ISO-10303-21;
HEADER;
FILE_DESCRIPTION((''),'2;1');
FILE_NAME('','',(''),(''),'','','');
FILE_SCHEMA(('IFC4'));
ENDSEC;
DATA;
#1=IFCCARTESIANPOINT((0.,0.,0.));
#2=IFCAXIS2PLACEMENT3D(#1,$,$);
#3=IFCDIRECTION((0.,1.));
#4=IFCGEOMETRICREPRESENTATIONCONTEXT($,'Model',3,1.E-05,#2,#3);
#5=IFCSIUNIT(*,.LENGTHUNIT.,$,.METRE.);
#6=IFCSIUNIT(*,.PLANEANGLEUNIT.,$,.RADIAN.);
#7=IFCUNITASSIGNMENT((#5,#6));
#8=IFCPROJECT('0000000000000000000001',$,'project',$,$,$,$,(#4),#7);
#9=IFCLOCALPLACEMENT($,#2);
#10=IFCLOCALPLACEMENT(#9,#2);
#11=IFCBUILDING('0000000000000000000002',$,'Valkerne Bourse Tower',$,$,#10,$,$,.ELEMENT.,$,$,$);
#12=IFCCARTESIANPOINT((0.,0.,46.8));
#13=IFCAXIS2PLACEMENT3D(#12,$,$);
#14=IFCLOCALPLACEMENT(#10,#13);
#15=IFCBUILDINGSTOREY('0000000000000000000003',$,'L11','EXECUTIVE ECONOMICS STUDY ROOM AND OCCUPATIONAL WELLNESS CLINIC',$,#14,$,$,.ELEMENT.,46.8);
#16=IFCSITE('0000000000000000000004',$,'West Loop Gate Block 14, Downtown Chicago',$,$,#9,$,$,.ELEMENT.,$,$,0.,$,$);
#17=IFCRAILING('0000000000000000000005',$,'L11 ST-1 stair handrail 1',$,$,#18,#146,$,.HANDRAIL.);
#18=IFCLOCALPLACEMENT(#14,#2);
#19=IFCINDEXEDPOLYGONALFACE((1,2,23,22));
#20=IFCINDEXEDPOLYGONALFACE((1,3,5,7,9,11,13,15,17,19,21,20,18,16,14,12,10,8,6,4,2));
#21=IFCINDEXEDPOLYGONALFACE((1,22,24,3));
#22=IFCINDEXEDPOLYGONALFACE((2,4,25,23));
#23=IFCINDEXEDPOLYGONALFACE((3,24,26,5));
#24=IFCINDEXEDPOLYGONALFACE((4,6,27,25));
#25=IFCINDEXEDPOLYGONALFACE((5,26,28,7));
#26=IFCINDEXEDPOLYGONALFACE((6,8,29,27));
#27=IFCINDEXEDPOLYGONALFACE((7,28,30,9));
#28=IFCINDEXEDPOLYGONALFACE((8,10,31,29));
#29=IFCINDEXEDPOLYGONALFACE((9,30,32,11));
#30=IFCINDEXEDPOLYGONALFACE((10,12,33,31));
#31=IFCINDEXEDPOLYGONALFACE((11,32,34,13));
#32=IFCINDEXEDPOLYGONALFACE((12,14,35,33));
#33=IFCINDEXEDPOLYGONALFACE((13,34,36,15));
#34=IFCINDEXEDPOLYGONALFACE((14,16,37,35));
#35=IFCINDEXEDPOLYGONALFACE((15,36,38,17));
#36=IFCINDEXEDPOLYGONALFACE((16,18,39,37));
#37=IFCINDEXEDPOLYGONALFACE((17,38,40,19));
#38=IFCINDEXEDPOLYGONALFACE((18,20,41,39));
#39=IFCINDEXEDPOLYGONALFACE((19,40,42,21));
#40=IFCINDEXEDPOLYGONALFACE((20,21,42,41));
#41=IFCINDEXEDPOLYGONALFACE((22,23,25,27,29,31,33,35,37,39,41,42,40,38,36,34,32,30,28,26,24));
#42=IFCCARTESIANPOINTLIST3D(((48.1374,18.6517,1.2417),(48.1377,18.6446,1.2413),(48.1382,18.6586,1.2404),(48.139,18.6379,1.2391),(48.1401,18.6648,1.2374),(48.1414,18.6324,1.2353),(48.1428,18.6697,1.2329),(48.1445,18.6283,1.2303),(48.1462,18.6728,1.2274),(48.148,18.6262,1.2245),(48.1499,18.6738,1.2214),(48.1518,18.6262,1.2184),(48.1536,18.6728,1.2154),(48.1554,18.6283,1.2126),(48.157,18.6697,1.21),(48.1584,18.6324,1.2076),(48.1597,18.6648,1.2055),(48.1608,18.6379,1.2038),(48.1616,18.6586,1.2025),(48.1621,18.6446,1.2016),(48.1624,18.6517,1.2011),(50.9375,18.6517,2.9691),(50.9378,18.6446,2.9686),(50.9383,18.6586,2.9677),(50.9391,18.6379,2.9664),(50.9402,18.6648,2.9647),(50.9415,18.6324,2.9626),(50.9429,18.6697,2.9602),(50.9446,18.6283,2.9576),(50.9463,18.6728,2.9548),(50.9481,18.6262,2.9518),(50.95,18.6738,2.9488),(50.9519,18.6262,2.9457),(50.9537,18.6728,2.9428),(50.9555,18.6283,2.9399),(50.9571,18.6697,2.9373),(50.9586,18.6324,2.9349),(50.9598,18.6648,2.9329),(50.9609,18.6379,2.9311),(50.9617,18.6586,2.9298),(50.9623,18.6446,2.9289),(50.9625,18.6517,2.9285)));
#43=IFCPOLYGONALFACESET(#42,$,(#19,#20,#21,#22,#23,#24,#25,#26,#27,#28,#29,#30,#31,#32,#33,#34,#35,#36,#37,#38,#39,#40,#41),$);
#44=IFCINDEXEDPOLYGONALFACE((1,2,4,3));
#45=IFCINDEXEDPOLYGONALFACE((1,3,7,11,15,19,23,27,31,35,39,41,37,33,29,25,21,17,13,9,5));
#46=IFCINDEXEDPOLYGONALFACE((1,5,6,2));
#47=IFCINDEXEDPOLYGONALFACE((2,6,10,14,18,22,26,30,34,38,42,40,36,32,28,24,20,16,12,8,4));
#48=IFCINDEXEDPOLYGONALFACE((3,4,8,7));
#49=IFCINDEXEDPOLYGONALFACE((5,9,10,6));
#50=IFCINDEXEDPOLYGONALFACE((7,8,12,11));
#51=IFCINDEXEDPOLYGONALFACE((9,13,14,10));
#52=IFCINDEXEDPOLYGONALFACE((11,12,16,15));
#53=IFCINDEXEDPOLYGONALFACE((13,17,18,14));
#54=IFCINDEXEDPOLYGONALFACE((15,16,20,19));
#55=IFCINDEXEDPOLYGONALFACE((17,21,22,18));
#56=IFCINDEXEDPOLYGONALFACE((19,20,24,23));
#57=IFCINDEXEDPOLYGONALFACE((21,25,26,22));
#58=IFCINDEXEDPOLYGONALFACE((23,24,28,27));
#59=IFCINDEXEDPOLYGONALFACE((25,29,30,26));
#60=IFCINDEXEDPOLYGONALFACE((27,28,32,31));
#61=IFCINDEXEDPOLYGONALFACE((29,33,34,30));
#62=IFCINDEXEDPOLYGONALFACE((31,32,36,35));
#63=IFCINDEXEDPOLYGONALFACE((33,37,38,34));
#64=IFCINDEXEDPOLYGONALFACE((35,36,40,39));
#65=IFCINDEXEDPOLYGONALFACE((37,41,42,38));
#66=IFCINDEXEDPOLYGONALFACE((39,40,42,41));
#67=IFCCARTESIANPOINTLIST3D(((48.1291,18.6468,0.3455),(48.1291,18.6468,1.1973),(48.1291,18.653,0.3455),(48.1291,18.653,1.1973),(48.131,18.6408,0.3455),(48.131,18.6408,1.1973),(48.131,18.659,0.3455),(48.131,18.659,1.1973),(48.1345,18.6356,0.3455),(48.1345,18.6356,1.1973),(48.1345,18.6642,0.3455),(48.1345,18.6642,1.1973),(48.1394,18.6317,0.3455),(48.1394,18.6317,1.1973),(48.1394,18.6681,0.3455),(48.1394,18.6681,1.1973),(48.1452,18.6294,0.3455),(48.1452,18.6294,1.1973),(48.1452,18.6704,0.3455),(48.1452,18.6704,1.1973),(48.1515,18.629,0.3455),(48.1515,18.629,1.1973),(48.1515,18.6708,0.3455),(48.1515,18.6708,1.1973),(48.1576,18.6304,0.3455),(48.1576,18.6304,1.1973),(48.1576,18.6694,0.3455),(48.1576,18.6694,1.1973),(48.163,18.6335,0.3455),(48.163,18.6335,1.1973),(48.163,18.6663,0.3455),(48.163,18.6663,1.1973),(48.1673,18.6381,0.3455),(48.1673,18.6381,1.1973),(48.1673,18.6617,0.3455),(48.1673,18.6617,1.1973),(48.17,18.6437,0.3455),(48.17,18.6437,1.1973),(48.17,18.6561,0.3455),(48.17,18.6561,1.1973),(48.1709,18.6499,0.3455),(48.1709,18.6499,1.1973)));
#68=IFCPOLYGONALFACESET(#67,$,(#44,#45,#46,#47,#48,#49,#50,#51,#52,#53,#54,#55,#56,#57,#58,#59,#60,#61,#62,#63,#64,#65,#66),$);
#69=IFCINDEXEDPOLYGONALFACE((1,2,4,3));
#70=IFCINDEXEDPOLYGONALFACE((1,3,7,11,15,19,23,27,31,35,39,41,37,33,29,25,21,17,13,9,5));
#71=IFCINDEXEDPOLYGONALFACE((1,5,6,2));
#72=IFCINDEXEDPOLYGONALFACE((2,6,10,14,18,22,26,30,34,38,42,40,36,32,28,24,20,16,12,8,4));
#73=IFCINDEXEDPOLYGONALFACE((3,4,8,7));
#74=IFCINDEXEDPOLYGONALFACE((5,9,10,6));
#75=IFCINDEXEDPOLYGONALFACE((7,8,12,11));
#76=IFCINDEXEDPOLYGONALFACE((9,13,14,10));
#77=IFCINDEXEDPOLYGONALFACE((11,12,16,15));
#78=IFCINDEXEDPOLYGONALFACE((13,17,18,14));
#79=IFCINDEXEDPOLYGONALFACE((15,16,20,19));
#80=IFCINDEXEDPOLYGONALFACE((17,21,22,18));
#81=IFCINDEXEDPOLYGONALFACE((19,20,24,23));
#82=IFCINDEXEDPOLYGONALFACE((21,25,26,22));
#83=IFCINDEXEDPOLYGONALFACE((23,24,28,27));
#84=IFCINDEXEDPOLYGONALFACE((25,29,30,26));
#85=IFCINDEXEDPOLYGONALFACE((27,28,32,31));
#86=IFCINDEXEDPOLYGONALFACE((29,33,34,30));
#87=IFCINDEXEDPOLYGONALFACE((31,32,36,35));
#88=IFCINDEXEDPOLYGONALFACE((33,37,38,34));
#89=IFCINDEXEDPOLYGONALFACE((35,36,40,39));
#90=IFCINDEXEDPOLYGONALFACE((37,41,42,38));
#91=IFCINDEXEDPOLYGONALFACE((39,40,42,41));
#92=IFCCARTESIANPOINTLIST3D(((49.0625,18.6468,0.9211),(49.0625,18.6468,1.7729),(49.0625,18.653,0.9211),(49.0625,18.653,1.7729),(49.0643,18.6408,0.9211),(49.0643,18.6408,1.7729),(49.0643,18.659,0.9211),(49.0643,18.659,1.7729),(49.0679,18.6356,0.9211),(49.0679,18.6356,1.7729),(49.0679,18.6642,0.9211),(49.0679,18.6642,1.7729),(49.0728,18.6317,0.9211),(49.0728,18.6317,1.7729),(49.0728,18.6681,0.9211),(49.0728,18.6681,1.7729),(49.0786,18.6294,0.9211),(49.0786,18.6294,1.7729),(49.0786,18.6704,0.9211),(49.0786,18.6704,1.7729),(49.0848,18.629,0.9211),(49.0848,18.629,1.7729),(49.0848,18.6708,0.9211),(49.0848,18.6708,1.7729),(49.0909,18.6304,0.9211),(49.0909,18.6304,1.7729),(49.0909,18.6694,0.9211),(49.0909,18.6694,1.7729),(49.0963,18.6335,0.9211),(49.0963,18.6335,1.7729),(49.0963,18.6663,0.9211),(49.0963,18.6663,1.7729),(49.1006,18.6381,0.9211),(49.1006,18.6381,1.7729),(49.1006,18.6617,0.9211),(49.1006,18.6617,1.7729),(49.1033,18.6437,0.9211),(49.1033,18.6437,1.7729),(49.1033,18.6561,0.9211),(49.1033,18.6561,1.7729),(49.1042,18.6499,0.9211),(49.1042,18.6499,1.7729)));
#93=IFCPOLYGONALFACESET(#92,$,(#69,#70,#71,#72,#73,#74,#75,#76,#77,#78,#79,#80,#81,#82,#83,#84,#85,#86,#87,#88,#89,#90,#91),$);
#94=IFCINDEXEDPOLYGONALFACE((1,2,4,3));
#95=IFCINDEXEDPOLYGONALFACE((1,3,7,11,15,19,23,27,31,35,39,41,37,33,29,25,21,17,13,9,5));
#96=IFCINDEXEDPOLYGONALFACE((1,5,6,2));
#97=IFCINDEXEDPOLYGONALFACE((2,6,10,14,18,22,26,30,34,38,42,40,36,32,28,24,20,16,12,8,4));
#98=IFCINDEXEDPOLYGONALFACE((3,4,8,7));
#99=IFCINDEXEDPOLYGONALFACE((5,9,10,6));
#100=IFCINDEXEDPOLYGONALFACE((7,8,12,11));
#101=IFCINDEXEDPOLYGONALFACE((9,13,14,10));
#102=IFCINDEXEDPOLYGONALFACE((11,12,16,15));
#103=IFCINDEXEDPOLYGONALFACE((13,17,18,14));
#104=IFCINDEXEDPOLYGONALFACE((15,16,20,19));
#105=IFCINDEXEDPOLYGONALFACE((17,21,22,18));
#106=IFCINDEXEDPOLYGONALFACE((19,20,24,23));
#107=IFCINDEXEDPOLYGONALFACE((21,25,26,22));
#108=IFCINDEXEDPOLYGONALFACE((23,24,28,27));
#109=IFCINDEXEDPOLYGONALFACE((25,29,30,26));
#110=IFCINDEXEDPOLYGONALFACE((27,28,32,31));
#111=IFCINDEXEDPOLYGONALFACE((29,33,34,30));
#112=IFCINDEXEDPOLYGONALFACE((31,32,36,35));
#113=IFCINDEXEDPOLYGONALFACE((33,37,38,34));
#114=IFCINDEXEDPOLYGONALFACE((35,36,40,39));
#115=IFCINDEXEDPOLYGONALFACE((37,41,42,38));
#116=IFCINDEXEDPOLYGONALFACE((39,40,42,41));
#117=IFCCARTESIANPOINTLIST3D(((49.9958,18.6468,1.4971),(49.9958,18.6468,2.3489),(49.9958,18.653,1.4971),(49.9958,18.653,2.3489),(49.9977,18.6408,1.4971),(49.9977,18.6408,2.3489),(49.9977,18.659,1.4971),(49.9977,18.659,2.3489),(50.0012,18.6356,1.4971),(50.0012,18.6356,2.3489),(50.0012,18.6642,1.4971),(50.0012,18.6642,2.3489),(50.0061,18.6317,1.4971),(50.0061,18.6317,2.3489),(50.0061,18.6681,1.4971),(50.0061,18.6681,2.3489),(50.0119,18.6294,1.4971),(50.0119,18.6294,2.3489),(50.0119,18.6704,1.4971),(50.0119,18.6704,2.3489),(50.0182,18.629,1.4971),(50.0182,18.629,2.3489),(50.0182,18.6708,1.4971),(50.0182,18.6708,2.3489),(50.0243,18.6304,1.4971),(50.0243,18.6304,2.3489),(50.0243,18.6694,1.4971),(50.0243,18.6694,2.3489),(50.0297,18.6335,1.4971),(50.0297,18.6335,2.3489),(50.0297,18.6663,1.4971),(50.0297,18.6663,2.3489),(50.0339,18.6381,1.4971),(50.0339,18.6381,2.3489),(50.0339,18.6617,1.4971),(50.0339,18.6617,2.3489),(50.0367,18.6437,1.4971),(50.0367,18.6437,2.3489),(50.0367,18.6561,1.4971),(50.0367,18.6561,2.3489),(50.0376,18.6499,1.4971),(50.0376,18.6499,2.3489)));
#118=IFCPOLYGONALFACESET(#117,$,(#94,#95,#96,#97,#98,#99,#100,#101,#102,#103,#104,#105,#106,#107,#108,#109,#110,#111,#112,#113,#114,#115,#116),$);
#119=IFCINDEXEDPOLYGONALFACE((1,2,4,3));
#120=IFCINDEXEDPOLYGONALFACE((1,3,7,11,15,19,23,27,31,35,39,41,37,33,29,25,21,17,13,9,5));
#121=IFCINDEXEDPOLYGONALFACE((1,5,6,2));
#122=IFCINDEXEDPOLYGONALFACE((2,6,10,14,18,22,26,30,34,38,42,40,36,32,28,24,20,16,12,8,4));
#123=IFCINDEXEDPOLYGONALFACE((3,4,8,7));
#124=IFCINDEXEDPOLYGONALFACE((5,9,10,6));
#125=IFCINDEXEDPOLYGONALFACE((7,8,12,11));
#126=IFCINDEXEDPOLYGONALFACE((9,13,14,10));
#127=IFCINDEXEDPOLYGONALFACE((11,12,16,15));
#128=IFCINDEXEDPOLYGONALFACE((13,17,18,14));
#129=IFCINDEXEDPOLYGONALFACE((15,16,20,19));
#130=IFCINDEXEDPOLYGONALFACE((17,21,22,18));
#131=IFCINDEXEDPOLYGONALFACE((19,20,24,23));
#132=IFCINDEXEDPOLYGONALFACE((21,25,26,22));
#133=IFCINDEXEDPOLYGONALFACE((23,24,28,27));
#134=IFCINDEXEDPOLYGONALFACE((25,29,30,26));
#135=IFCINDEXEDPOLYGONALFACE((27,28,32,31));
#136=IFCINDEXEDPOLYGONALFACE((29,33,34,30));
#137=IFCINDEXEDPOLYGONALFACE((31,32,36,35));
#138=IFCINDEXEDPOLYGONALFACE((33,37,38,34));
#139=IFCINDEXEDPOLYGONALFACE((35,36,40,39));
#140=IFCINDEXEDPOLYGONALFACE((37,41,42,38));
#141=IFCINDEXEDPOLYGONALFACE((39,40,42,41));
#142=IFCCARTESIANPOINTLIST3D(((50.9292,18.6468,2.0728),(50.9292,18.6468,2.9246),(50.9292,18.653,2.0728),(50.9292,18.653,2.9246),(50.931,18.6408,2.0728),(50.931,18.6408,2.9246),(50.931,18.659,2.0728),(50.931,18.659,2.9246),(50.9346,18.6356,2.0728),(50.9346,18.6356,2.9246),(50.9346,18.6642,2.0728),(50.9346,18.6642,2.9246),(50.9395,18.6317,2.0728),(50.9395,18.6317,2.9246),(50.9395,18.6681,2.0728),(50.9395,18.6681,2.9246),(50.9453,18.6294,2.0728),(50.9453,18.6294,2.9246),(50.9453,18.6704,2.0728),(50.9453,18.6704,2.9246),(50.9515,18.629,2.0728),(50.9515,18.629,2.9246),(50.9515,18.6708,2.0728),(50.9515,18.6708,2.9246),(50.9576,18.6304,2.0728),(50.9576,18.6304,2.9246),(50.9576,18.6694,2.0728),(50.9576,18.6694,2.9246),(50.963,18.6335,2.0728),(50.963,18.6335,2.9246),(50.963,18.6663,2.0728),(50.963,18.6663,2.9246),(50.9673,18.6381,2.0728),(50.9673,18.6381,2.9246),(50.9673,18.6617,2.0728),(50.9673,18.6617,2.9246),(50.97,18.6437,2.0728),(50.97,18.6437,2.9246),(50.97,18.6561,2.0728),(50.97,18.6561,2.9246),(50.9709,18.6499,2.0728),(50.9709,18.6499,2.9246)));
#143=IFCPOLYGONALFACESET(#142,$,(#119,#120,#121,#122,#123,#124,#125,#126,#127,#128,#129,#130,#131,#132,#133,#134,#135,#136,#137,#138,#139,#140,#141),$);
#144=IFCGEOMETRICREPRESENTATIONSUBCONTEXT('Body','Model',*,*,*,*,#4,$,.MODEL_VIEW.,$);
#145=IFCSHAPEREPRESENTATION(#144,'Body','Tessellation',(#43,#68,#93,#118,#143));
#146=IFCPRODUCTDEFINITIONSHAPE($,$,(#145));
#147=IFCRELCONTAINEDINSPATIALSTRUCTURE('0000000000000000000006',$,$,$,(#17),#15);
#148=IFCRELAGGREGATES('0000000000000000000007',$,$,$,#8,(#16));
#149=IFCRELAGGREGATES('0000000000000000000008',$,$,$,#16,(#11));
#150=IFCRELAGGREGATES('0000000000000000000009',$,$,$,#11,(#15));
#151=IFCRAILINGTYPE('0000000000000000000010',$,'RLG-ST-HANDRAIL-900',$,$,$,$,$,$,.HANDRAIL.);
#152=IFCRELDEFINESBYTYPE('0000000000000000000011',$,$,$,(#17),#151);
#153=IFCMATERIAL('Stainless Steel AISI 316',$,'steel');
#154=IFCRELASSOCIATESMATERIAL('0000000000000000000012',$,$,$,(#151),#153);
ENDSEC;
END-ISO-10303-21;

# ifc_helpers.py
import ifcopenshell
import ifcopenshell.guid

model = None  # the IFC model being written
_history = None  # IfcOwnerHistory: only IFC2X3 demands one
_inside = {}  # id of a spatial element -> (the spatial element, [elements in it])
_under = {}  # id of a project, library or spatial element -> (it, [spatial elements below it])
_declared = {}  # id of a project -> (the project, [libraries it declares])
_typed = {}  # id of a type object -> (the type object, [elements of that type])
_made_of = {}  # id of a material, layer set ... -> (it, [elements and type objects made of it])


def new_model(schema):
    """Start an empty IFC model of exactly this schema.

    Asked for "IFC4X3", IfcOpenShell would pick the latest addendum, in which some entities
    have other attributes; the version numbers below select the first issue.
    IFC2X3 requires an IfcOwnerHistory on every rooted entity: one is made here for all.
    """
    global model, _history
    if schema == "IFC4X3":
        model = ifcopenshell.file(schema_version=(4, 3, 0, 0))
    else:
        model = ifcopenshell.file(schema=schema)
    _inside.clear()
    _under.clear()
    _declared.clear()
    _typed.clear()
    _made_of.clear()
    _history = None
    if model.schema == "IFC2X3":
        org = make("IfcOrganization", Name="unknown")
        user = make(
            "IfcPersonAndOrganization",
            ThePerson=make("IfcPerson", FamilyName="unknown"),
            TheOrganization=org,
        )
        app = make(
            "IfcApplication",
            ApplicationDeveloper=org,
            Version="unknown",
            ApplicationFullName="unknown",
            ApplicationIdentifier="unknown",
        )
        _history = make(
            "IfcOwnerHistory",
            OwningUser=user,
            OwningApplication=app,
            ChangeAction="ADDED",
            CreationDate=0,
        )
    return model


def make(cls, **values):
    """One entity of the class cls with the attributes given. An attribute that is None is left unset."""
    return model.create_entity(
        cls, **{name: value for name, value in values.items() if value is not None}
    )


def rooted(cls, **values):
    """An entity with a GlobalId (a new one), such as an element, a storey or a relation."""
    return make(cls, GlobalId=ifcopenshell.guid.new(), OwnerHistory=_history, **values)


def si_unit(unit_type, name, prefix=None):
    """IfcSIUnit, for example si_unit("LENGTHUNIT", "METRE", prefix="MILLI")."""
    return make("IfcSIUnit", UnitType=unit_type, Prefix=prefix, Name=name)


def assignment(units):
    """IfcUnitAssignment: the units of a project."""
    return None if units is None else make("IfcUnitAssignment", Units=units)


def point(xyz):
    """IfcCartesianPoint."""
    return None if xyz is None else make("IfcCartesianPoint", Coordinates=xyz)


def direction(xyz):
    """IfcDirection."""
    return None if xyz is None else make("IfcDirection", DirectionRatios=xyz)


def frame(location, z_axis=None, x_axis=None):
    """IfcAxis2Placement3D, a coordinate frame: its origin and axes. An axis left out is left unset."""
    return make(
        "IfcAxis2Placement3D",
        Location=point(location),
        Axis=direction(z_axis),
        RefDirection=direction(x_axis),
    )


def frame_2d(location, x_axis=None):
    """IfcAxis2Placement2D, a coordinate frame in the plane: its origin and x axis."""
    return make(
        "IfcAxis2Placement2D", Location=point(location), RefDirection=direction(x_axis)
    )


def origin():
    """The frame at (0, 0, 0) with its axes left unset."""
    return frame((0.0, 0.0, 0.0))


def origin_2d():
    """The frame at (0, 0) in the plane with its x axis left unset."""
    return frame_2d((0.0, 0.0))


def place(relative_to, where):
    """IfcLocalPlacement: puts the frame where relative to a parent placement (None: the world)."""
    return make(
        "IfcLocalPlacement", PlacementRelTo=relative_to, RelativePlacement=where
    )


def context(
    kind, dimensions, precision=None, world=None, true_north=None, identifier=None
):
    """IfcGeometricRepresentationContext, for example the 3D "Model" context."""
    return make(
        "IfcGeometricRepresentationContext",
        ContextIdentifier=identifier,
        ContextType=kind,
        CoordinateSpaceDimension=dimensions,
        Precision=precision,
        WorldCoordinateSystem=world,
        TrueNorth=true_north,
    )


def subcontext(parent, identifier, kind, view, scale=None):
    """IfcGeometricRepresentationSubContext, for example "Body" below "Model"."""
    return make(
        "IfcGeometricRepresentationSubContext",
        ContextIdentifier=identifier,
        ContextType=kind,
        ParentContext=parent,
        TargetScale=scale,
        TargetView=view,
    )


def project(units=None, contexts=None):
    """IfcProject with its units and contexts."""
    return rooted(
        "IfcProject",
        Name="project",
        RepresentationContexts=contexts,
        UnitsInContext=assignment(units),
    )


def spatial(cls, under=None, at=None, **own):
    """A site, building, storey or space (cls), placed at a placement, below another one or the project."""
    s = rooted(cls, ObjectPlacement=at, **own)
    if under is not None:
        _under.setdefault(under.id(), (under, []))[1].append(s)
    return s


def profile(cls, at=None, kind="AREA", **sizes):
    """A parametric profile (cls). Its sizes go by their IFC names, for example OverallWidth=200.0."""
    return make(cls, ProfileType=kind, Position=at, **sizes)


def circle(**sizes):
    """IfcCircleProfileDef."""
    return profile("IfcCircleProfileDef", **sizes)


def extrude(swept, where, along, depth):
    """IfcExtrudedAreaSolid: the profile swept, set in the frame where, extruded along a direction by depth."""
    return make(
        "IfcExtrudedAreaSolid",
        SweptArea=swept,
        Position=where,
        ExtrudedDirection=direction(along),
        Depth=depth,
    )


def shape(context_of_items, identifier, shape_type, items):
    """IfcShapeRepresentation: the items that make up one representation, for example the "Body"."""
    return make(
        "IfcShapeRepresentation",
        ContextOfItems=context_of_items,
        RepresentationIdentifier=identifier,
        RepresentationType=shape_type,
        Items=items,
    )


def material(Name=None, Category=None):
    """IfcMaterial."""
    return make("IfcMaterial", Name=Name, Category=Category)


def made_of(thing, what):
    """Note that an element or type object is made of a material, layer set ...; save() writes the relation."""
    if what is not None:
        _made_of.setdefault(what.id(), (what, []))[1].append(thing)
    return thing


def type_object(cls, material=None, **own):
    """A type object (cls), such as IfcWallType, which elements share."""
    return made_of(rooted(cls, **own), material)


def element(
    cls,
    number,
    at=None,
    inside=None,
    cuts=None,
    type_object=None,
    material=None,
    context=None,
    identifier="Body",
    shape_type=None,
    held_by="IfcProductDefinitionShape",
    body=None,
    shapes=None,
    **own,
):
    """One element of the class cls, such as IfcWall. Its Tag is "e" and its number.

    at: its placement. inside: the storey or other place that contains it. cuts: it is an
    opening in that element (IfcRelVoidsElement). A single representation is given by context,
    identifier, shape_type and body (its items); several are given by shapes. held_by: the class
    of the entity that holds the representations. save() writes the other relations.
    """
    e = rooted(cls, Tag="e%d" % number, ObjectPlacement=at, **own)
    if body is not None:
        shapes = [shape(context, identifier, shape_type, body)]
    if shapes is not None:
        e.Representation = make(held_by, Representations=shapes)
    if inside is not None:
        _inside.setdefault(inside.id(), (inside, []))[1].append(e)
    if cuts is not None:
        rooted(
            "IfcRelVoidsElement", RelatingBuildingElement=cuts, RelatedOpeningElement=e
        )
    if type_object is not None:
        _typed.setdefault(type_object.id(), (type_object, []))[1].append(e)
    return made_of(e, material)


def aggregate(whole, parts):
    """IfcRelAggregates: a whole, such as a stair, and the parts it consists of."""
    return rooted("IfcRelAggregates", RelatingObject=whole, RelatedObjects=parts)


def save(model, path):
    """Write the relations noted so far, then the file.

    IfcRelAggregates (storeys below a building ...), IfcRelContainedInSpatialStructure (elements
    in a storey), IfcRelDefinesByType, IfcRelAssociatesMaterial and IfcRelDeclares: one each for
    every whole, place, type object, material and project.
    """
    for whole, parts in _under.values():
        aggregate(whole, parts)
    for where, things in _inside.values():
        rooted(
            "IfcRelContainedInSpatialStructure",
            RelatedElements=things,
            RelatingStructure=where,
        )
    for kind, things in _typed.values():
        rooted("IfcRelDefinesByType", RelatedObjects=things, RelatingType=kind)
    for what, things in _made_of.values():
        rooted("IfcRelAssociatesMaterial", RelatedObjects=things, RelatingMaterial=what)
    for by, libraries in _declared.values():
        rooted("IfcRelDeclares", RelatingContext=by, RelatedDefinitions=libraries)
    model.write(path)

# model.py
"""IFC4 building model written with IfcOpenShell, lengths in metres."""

from ifc_helpers import new_model, si_unit, direction, frame, origin, origin_2d, place, context, subcontext, project, spatial, circle, extrude, material, type_object, element, save


model = new_model("IFC4")

# Units and contexts
model_context = context("Model", 3, precision=1e-05, world=origin(), true_north=direction((0.0, 1.0)))
body_context = subcontext(model_context, "Body", "Model", "MODEL_VIEW")
ifc_project = project(units=[si_unit("LENGTHUNIT", "METRE"), si_unit("PLANEANGLEUNIT", "RADIAN")], contexts=[model_context])

# Site, building, storey
site_placement = place(None, origin())
site = spatial("IfcSite", under=ifc_project, at=site_placement, Name="West Loop Gate Block 14, Downtown Chicago", CompositionType="ELEMENT", RefElevation=0.0)
building_placement = place(site_placement, origin())
building = spatial("IfcBuilding", under=site, at=building_placement, Name="Valkerne Bourse Tower", CompositionType="ELEMENT")
storey_placement = place(building_placement, frame((0.0, 0.0, 46.8)))
storey = spatial("IfcBuildingStorey", under=building, at=storey_placement, Name="L11", Description="EXECUTIVE ECONOMICS STUDY ROOM AND OCCUPATIONAL WELLNESS CLINIC", CompositionType="ELEMENT", Elevation=46.8)

# Shared definitions
ifc_material_1 = material(Name="Stainless Steel AISI 316", Category="steel")

# Railing
railing_type_1 = type_object("IfcRailingType", Name="RLG-ST-HANDRAIL-900", PredefinedType="HANDRAIL", material=ifc_material_1)
railing_1_placement = place(storey_placement, frame((48.1499, 18.6499, 0.3455)))
element("IfcRailing", 1, at=railing_1_placement, inside=storey, type_object=railing_type_1, Name="L11 ST-1 stair handrail 1", PredefinedType="HANDRAIL", context=body_context, shape_type="SweptSolid", body=[
    extrude(circle(Radius=0.0239, at=origin_2d()), frame((0.0, 0.0, 0.876), z_axis=(0.85109, 0.0, 0.52502), x_axis=(0.0, 1.0, 0.0)), (0.0, 0.0, 1.0), 3.29),
    extrude(circle(Radius=0.021, at=origin_2d()), origin(), (0.0, 0.0, 1.0), 0.8518),
    extrude(circle(Radius=0.021, at=origin_2d()), frame((0.9333, 0.0, 0.5757)), (0.0, 0.0, 1.0), 0.8518),
    extrude(circle(Radius=0.021, at=origin_2d()), frame((1.8667, 0.0, 1.1516)), (0.0, 0.0, 1.0), 0.8518),
    extrude(circle(Radius=0.021, at=origin_2d()), frame((2.8, 0.0, 1.7273)), (0.0, 0.0, 1.0), 0.8518),
])

save(model, "model.ifc")
